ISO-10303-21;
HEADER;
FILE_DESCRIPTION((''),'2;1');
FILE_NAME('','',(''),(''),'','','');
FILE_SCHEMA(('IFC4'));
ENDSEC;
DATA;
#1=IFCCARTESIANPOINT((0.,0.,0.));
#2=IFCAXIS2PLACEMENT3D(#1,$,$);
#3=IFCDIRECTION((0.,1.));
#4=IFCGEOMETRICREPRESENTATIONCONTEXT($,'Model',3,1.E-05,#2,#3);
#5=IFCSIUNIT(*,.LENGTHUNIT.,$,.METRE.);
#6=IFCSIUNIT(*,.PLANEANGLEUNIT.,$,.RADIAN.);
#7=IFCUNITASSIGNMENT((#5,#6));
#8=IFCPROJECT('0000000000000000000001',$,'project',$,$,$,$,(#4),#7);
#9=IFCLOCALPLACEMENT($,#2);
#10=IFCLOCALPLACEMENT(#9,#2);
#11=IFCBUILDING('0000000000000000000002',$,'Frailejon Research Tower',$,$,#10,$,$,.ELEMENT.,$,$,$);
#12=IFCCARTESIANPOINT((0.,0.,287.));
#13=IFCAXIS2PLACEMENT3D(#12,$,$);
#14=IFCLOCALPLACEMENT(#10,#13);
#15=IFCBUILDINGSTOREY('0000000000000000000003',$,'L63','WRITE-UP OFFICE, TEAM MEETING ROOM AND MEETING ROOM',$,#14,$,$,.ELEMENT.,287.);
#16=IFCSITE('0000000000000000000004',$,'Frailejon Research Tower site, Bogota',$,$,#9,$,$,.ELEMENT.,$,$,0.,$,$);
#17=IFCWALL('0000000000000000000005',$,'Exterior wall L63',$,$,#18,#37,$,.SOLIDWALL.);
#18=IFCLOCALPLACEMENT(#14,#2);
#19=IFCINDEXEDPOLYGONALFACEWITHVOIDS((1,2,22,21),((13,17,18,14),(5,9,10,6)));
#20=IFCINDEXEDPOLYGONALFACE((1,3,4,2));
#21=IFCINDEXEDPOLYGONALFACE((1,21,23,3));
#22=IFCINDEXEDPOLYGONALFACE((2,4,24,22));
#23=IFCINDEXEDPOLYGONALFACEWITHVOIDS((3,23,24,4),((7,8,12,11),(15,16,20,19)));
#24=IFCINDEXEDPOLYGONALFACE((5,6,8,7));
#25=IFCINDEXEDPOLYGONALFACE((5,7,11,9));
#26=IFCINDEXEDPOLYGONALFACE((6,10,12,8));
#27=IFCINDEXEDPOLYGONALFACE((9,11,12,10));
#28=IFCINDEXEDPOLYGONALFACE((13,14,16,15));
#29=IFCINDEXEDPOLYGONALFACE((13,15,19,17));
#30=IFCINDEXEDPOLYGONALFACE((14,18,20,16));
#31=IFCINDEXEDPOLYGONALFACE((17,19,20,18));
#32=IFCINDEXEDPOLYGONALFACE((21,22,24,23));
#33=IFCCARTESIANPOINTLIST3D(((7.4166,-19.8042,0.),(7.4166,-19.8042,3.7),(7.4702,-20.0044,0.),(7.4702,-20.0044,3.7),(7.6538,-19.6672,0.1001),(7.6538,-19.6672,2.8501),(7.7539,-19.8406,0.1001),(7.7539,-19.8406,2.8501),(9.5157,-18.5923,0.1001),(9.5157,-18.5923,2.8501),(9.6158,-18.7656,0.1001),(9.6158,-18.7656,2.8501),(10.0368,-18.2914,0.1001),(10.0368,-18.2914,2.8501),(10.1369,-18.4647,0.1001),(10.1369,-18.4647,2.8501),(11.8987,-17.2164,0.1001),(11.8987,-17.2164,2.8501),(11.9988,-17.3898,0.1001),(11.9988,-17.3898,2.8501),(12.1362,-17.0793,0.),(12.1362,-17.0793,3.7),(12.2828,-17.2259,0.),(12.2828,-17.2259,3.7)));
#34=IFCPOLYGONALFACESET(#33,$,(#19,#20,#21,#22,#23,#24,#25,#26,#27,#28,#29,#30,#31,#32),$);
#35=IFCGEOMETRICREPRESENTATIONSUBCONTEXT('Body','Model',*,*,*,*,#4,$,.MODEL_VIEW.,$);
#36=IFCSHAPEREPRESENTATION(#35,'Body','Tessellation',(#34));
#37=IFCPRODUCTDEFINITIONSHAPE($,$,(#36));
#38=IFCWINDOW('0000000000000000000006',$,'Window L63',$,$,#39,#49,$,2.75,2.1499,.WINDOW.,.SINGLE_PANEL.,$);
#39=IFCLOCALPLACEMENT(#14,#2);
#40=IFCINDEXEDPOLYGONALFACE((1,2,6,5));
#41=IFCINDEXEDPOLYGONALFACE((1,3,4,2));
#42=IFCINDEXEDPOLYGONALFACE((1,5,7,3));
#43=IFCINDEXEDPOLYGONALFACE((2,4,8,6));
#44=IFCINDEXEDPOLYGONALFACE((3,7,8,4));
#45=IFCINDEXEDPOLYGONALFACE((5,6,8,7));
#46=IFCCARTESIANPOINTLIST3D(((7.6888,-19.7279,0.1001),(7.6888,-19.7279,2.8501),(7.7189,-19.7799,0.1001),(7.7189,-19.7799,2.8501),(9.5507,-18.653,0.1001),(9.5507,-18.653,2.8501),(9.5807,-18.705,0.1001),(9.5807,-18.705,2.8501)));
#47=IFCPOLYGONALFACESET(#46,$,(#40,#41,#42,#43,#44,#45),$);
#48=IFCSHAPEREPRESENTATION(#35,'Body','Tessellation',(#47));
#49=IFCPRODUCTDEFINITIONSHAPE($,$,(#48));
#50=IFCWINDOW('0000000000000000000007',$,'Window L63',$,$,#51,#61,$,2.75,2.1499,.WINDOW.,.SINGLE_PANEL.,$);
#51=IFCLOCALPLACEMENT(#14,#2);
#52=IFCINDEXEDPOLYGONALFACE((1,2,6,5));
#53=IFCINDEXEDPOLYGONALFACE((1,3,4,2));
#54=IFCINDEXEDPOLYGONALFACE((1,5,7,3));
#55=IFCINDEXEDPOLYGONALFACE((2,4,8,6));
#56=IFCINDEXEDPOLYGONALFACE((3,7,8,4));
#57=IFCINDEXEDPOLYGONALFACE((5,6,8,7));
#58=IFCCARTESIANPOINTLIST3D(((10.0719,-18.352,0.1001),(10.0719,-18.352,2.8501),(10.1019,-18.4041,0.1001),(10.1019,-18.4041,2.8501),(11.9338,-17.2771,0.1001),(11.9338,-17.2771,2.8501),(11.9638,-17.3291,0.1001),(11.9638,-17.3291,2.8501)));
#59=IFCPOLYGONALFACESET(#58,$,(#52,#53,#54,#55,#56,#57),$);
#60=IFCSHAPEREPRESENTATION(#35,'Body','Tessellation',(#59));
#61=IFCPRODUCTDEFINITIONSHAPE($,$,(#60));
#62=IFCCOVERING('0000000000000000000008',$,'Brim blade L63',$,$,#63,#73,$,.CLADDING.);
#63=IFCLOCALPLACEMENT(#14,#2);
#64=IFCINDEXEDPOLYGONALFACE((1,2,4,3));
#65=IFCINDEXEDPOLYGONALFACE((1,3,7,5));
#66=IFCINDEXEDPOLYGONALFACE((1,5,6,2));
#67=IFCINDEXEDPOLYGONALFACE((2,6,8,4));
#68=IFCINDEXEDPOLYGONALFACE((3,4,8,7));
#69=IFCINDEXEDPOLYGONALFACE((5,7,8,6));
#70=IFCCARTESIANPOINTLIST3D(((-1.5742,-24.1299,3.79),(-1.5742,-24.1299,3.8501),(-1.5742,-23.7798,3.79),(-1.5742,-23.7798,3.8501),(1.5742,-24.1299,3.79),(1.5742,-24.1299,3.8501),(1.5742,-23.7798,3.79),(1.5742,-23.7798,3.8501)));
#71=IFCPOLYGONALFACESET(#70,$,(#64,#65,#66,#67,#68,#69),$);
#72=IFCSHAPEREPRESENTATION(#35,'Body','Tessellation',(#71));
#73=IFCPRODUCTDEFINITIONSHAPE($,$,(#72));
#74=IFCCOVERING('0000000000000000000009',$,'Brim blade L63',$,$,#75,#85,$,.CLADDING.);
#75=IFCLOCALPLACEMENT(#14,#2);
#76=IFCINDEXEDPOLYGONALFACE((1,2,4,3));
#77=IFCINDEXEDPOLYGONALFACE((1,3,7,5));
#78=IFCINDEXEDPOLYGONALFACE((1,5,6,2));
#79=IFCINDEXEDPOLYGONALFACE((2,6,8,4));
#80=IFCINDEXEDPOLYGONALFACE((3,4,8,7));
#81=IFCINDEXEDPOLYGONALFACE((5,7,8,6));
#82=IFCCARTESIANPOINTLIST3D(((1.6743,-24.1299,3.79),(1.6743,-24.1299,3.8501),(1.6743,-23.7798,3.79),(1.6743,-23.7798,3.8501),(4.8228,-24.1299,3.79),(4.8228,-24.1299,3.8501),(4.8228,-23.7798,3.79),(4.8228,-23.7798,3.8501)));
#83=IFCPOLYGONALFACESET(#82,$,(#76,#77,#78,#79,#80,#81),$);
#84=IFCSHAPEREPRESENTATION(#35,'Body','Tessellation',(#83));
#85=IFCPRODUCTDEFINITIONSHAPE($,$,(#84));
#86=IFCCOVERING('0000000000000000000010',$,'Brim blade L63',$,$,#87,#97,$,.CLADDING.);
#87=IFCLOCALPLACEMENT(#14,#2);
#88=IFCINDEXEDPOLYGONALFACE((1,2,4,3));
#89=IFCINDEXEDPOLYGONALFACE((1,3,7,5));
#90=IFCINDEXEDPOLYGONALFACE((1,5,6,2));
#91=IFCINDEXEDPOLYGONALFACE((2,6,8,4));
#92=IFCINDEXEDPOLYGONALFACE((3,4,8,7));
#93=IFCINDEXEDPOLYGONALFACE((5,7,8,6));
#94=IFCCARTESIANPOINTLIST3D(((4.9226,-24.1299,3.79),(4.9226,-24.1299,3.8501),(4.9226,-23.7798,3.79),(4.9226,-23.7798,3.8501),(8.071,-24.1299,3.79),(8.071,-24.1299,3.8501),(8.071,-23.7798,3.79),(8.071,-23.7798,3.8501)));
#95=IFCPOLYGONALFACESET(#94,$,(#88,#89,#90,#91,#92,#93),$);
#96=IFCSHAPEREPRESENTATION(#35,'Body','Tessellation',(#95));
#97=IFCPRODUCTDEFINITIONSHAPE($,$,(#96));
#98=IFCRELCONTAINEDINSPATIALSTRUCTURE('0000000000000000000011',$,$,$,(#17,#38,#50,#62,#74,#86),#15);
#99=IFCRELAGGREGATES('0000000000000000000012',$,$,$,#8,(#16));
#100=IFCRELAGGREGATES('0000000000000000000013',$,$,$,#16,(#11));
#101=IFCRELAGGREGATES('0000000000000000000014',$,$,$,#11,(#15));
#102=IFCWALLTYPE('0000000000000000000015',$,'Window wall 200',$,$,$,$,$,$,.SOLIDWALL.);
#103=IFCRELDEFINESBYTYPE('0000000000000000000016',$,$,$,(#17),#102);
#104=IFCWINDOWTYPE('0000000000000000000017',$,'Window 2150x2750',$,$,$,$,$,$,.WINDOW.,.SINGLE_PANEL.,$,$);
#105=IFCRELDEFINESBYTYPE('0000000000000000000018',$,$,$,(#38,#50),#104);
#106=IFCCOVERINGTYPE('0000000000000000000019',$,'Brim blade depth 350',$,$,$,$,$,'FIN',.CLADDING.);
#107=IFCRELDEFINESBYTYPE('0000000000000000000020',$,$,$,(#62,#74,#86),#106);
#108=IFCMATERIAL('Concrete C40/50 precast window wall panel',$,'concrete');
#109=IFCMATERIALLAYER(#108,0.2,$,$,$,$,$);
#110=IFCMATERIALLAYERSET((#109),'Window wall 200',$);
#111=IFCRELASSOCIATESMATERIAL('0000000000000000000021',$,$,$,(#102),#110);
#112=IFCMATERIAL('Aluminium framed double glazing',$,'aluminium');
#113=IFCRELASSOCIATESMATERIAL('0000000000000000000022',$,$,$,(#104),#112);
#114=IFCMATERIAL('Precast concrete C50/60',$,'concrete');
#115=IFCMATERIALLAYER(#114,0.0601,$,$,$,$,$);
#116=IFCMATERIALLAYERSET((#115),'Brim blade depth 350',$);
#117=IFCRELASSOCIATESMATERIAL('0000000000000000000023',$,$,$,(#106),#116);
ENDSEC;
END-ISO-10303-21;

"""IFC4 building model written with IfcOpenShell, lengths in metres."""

from ifc_helpers import new_model, si_unit, direction, frame, frame_2d, origin, place, context, subcontext, project, spatial, polyline, rectangle, outline, extrude, material, layer, layer_set, type_object, element, fill, save


model = new_model("IFC4")

# Units and contexts
model_context = context("Model", 3, precision=1e-05, world=origin(), true_north=direction((0.0, 1.0)))
body_context = subcontext(model_context, "Body", "Model", "MODEL_VIEW")
ifc_project = project(units=[si_unit("LENGTHUNIT", "METRE"), si_unit("PLANEANGLEUNIT", "RADIAN")], contexts=[model_context])

# Site, building, storey
site_placement = place(None, origin())
site = spatial("IfcSite", under=ifc_project, at=site_placement, Name="Frailejon Research Tower site, Bogota", CompositionType="ELEMENT", RefElevation=0.0)
building_placement = place(site_placement, origin())
building = spatial("IfcBuilding", under=site, at=building_placement, Name="Frailejon Research Tower", CompositionType="ELEMENT")
storey_placement = place(building_placement, frame((0.0, 0.0, 287.0)))
storey = spatial("IfcBuildingStorey", under=building, at=storey_placement, Name="L63", Description="WRITE-UP OFFICE, TEAM MEETING ROOM AND MEETING ROOM", CompositionType="ELEMENT", Elevation=287.0)

# Wall, openings, windows
ifc_material_1 = material(Name="Concrete C40/50 precast window wall panel", Category="concrete")
ifc_layer_1 = layer(ifc_material_1, 0.2)
ifc_layer_set_1 = layer_set([ifc_layer_1], Name="Window wall 200")
wall_type_1 = type_object("IfcWallType", Name="Window wall 200", PredefinedType="SOLIDWALL", material=ifc_layer_set_1)
wall_1_placement = place(storey_placement, frame((7.4434, -19.9043, 0.0), z_axis=(0.0, 0.0, 1.0), x_axis=(0.866026, 0.499999, 0.0)))
wall_1 = element("IfcWall", 1, at=wall_1_placement, inside=storey, type_object=wall_type_1, Name="Exterior wall L63", PredefinedType="SOLIDWALL", context=body_context, shape_type="SweptSolid", body=[
    extrude(outline(polyline([(-0.0269, -0.1001), (1.0845, -0.1001), (2.196, -0.1001), (3.3074, -0.1001), (4.4189, -0.1001), (5.5303, -0.1001), (5.4766, 0.1001), (4.3867, 0.1001), (3.2966, 0.1001), (2.2068, 0.1001), (1.1167, 0.1001), (0.0269, 0.1001), (-0.0269, -0.1001)])), origin(), (0.0, 0.0, 1.0), 3.7),
])
opening_1_placement = place(wall_1_placement, frame((0.3008, 0.0, 0.1001)))
opening_1 = element("IfcOpeningElement", 2, at=opening_1_placement, cuts=wall_1, PredefinedType="OPENING", context=body_context, shape_type="SweptSolid", body=[
    extrude(rectangle(XDim=2.1499, YDim=2.75, at=frame_2d((1.075, 1.375))), frame((0.0, 0.1099, 0.0), z_axis=(0.0, -1.0, 0.0), x_axis=(1.0, 0.0, 0.0)), (0.0, 0.0, 1.0), 0.22),
])
opening_2_placement = place(wall_1_placement, frame((3.0525, 0.0, 0.1001)))
opening_2 = element("IfcOpeningElement", 3, at=opening_2_placement, cuts=wall_1, PredefinedType="OPENING", context=body_context, shape_type="SweptSolid", body=[
    extrude(rectangle(XDim=2.1499, YDim=2.75, at=frame_2d((1.075, 1.375))), frame((0.0, 0.1099, 0.0), z_axis=(0.0, -1.0, 0.0), x_axis=(1.0, 0.0, 0.0)), (0.0, 0.0, 1.0), 0.22),
])
ifc_material_2 = material(Name="Aluminium framed double glazing", Category="aluminium")
window_type = type_object("IfcWindowType", Name="Window 2150x2750", PartitioningType="SINGLE_PANEL", PredefinedType="WINDOW", material=ifc_material_2)
window_1_placement = place(opening_1_placement, origin())
window_1 = element("IfcWindow", 4, at=window_1_placement, inside=storey, type_object=window_type, Name="Window L63", OverallHeight=2.75, OverallWidth=2.1499, PartitioningType="SINGLE_PANEL", PredefinedType="WINDOW", context=body_context, shape_type="SweptSolid", body=[
    extrude(rectangle(XDim=2.1499, YDim=2.75, at=frame_2d((1.075, 1.375))), frame((0.0, 0.03, 0.0), z_axis=(0.0, -1.0, 0.0), x_axis=(1.0, 0.0, 0.0)), (0.0, 0.0, 1.0), 0.0601),
])
fill(opening_1, window_1)
window_2_placement = place(opening_2_placement, origin())
window_2 = element("IfcWindow", 5, at=window_2_placement, inside=storey, type_object=window_type, Name="Window L63", OverallHeight=2.75, OverallWidth=2.1499, PartitioningType="SINGLE_PANEL", PredefinedType="WINDOW", context=body_context, shape_type="SweptSolid", body=[
    extrude(rectangle(XDim=2.1499, YDim=2.75, at=frame_2d((1.075, 1.375))), frame((0.0, 0.03, 0.0), z_axis=(0.0, -1.0, 0.0), x_axis=(1.0, 0.0, 0.0)), (0.0, 0.0, 1.0), 0.0601),
])
fill(opening_2, window_2)

# Coverings
ifc_material_3 = material(Name="Precast concrete C50/60", Category="concrete")
ifc_layer_2 = layer(ifc_material_3, 0.0601)
ifc_layer_set_2 = layer_set([ifc_layer_2], Name="Brim blade depth 350")
covering_type = type_object("IfcCoveringType", Name="Brim blade depth 350", ElementType="FIN", PredefinedType="CLADDING", material=ifc_layer_set_2)
for number, where, z_axis, x_axis, name in (
    (6, (1.5742, -23.7798, 3.8501), (-1.0, 0.0, 0.0), (0.0, -1.0, 0.0), "Brim blade L63"),
    (7, (4.8228, -23.7798, 3.8501), (-1.0, 0.0, 0.0), (0.0, -1.0, 0.0), "Brim blade L63"),
    (8, (8.071, -23.7798, 3.8501), (-1.0, 0.0, 0.0), (0.0, -1.0, 0.0), "Brim blade L63"),
):
    element("IfcCovering", number, at=place(storey_placement, frame(where, z_axis=z_axis, x_axis=x_axis)), inside=storey, type_object=covering_type, Name=name, PredefinedType="CLADDING", context=body_context, shape_type="SweptSolid", body=[
        extrude(outline(polyline([(0.0, -0.0601), (0.3501, -0.0601), (0.3501, 0.0), (0.0, 0.0), (0.0, -0.0601)])), origin(), (0.0, 0.0, 1.0), 3.1484),
    ])

save(model, "model.ifc")
